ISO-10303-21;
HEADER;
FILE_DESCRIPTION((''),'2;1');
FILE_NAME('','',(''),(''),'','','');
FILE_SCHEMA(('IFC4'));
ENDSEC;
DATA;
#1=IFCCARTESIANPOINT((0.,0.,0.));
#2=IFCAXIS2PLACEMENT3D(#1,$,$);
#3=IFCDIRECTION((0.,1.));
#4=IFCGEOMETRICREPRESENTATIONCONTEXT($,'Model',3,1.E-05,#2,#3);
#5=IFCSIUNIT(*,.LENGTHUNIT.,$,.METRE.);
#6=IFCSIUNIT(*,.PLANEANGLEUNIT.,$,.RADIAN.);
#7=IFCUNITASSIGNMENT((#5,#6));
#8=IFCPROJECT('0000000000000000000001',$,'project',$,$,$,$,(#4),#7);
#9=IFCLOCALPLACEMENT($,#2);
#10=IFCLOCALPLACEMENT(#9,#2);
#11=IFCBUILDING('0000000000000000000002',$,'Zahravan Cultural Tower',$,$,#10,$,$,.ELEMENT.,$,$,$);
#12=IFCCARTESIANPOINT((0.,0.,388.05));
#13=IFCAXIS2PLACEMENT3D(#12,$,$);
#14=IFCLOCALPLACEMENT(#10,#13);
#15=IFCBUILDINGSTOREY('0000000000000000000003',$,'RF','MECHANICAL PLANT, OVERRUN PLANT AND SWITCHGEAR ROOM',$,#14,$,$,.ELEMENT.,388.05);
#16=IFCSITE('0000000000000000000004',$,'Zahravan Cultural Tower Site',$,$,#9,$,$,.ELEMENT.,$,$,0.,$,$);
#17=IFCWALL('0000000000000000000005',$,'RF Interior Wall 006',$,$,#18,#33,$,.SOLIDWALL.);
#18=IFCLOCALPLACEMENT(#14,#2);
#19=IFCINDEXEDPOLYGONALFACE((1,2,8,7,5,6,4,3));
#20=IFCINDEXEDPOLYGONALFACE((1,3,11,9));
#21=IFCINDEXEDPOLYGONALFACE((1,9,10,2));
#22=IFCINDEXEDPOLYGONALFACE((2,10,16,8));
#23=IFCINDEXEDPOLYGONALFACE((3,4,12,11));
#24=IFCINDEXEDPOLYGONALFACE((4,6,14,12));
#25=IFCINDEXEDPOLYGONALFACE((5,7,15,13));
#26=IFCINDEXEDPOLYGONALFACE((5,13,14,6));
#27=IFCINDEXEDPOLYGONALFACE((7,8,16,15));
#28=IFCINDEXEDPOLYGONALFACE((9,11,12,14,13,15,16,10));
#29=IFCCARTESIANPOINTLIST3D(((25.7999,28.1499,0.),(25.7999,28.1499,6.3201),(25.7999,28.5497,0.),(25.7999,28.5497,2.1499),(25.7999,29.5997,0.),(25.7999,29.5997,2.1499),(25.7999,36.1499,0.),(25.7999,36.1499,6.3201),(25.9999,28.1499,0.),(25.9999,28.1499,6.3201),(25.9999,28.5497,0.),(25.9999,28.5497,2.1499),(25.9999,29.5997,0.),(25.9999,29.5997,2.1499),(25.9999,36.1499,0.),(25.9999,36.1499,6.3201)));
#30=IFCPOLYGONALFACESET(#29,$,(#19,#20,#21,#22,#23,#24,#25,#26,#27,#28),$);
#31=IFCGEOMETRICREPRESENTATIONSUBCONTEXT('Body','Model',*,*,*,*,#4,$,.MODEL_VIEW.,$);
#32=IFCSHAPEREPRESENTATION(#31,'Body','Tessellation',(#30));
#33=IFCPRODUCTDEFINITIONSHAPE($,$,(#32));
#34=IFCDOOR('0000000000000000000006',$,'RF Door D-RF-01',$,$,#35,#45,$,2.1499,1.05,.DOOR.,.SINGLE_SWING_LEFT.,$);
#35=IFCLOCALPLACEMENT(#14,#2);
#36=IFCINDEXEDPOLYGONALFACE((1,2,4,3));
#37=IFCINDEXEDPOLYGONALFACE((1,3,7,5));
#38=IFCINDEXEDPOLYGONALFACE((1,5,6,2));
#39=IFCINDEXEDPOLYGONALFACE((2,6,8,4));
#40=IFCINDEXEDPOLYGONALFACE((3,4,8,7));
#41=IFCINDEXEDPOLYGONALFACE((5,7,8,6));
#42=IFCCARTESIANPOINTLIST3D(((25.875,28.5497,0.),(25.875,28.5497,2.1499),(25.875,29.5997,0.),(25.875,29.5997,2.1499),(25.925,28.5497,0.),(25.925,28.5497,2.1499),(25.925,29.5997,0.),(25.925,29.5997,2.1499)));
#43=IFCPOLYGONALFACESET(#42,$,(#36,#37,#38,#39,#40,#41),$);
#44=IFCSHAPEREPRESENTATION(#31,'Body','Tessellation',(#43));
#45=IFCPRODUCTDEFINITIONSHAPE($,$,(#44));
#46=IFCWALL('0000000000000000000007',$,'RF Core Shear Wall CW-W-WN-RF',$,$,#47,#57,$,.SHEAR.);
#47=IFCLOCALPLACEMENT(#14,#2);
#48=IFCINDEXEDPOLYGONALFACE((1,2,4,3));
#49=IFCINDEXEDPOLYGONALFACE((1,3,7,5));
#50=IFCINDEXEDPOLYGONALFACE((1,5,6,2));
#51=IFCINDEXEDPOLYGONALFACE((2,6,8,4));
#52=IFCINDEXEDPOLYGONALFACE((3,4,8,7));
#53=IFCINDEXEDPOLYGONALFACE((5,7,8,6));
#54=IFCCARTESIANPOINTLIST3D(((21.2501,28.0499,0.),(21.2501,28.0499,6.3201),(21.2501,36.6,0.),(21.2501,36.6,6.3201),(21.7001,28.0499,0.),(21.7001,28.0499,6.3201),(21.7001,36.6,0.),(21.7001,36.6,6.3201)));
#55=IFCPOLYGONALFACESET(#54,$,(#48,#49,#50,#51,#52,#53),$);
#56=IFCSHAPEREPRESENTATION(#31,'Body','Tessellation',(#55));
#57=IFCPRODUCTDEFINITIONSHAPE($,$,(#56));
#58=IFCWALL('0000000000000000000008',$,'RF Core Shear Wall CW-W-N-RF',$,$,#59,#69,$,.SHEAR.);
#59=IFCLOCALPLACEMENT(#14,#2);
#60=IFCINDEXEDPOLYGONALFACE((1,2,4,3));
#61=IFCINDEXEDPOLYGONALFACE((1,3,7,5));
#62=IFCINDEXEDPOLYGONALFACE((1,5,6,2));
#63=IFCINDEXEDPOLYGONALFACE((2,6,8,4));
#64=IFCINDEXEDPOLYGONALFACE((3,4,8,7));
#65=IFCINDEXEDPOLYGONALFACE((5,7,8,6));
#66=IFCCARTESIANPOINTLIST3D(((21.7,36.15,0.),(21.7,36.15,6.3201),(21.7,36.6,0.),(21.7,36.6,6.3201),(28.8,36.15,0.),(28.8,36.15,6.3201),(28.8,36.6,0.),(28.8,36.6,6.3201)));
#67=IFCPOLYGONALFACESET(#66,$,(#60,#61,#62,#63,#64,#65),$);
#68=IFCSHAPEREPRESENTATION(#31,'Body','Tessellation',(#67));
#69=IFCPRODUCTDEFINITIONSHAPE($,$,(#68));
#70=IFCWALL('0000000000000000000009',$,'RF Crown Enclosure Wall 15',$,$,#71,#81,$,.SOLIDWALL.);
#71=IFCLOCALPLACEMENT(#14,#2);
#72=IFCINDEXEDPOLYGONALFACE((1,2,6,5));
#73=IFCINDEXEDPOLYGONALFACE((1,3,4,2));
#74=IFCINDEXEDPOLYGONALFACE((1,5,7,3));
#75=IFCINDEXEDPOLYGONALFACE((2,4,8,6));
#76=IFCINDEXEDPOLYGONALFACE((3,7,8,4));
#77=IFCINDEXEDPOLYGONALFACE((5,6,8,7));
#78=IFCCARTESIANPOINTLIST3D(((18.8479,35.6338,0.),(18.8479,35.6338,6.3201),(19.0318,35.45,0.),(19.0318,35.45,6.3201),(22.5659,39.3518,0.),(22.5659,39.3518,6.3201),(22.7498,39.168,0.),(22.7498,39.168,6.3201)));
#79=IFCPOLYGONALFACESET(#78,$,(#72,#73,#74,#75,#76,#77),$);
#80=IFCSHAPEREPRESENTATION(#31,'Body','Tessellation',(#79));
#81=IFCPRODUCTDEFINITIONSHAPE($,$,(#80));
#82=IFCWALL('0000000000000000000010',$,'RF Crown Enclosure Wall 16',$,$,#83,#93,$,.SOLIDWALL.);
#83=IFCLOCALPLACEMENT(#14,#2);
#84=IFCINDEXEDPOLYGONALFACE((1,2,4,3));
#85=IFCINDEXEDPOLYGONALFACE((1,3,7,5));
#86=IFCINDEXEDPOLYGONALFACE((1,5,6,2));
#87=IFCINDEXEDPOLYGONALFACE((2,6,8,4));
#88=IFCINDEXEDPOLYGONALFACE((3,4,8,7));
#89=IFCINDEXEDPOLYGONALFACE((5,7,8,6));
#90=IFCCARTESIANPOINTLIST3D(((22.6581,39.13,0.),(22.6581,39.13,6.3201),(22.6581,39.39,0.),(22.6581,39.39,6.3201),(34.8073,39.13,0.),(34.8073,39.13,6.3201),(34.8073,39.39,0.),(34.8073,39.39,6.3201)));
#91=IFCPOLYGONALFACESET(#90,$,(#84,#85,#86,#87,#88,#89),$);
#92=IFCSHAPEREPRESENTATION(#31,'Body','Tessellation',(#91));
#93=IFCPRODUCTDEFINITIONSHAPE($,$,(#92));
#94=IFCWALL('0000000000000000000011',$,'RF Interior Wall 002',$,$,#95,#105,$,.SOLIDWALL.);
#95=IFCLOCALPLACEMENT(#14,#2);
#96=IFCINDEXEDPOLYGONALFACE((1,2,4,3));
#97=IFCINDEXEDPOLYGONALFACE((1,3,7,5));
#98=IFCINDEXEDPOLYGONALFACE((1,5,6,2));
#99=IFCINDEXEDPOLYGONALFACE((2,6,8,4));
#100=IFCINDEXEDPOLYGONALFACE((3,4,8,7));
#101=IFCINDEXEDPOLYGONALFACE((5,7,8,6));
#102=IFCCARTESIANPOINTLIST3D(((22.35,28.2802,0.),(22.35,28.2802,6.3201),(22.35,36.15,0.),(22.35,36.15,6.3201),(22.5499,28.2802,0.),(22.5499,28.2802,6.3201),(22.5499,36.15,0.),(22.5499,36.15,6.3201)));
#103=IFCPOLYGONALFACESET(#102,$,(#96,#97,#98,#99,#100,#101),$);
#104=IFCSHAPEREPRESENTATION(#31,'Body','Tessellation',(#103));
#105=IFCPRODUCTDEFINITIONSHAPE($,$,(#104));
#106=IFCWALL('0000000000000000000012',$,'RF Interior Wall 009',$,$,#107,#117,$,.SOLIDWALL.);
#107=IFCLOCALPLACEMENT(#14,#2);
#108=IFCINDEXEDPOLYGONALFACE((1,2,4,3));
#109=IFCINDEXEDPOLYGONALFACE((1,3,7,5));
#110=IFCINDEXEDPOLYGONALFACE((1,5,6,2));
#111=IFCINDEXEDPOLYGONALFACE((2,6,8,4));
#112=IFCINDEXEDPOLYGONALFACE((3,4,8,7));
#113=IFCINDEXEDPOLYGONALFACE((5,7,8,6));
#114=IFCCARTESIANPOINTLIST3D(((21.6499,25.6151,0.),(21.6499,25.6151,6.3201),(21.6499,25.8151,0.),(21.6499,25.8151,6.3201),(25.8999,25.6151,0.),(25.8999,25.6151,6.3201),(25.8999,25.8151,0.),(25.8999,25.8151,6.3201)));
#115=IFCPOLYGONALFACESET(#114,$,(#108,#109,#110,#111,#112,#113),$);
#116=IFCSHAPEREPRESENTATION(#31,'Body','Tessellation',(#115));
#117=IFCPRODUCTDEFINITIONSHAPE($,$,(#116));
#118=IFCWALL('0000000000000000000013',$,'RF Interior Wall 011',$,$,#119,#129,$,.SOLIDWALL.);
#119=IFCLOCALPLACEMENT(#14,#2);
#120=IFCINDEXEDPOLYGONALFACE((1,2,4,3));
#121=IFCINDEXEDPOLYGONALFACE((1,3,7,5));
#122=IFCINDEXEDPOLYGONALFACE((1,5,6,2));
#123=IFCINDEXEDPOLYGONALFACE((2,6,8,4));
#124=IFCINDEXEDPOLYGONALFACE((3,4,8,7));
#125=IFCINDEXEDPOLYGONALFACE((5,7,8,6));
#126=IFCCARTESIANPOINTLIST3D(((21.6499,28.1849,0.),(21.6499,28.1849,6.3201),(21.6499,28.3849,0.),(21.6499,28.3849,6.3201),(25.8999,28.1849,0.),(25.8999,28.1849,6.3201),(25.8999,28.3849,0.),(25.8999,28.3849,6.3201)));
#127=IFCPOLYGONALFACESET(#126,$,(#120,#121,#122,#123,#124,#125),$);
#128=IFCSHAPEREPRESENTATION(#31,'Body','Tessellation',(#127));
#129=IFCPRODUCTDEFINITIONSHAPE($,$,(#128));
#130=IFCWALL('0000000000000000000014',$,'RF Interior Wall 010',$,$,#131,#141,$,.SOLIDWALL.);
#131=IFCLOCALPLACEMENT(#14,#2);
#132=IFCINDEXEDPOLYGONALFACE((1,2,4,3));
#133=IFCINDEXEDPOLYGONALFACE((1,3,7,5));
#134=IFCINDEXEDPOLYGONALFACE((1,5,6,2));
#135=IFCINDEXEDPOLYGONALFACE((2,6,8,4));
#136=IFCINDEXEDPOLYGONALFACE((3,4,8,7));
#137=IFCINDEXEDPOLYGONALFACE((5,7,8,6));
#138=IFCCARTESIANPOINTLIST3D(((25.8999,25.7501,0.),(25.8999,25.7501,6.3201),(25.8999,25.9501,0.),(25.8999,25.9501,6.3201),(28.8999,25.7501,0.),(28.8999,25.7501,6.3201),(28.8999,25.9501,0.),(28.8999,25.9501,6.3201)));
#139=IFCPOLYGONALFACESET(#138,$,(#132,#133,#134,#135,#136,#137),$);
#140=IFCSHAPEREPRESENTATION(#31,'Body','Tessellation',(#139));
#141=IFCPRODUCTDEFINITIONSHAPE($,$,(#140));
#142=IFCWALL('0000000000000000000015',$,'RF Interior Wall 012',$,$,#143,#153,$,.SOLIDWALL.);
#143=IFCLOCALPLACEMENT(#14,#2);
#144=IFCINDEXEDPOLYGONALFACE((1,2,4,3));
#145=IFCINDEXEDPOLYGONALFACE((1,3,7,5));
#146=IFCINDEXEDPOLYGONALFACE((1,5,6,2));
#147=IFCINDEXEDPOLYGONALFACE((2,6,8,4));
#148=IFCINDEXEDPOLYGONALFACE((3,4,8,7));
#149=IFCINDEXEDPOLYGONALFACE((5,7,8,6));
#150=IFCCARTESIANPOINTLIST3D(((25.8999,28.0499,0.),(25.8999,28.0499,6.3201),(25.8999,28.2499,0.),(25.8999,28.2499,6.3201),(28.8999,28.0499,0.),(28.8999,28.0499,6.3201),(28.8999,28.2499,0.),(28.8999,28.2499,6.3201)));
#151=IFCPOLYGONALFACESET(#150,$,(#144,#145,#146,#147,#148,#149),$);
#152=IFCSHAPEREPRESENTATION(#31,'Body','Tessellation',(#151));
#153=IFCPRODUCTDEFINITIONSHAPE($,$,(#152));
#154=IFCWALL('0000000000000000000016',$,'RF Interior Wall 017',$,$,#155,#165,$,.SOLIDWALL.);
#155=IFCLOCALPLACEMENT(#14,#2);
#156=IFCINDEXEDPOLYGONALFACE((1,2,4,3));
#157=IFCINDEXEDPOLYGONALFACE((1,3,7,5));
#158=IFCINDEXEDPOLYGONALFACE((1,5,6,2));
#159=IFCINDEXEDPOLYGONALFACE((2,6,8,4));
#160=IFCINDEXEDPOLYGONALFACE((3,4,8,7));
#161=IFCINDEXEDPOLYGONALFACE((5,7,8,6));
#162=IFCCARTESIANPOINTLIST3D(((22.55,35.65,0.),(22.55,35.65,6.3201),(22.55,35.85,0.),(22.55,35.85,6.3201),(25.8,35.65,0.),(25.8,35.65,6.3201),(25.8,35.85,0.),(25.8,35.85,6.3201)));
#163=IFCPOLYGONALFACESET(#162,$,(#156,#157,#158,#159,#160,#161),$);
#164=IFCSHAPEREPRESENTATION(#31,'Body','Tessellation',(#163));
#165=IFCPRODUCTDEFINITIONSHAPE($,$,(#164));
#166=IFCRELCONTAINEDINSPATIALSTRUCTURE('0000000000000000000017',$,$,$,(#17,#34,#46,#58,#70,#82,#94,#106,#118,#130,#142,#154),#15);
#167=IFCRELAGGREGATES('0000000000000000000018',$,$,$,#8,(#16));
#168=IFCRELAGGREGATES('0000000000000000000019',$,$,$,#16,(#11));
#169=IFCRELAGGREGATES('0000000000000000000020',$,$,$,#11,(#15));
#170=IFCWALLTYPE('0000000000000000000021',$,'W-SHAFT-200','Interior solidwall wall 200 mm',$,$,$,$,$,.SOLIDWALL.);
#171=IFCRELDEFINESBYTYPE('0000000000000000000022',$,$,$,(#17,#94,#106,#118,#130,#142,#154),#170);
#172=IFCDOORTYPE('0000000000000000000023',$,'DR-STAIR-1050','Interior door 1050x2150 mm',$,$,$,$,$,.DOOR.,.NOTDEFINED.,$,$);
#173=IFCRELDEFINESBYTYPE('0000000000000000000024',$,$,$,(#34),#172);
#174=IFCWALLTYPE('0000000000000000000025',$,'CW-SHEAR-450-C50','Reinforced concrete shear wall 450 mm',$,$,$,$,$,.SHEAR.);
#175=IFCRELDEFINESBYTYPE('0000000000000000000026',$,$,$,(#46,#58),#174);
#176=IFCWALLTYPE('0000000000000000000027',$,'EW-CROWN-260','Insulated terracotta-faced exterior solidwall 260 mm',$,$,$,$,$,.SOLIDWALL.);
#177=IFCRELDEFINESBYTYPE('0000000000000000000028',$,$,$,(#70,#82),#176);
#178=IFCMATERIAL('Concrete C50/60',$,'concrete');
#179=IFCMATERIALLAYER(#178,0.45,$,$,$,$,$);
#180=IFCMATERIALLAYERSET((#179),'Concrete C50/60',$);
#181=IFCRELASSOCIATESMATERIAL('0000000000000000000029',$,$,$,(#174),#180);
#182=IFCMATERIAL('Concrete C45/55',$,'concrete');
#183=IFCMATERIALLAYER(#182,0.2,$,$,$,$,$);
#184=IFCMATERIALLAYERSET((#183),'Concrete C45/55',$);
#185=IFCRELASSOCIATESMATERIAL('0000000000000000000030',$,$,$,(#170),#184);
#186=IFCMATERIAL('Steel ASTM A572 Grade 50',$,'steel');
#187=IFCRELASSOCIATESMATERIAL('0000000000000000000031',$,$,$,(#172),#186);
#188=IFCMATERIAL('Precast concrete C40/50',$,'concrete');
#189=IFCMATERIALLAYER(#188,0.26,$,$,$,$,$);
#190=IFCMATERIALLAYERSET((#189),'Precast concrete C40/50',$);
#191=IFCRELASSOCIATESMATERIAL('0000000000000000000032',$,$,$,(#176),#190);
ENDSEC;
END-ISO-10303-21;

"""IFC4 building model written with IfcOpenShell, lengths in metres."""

from ifc_helpers import new_model, si_unit, direction, frame, frame_2d, origin, place, context, subcontext, project, spatial, rectangle, extrude, source, transform, mapped, material, layer, layer_set, type_object, element, fill, save


model = new_model("IFC4")

# Units and contexts
model_context = context("Model", 3, precision=1e-05, world=origin(), true_north=direction((0.0, 1.0)))
body_context = subcontext(model_context, "Body", "Model", "MODEL_VIEW")
ifc_project = project(units=[si_unit("LENGTHUNIT", "METRE"), si_unit("PLANEANGLEUNIT", "RADIAN")], contexts=[model_context])

# Site, building, storey
site_placement = place(None, origin())
site = spatial("IfcSite", under=ifc_project, at=site_placement, Name="Zahravan Cultural Tower Site", CompositionType="ELEMENT", RefElevation=0.0)
building_placement = place(site_placement, origin())
building = spatial("IfcBuilding", under=site, at=building_placement, Name="Zahravan Cultural Tower", CompositionType="ELEMENT")
storey_placement = place(building_placement, frame((0.0, 0.0, 388.05)))
storey = spatial("IfcBuildingStorey", under=building, at=storey_placement, Name="RF", Description="MECHANICAL PLANT, OVERRUN PLANT AND SWITCHGEAR ROOM", CompositionType="ELEMENT", Elevation=388.05)

# Shared definitions
ifc_material_1 = material(Name="Steel ASTM A572 Grade 50", Category="steel")

# Shared definitions
ifc_material_2 = material(Name="Concrete C50/60", Category="concrete")

# Wall, opening, door
ifc_layer_1 = layer(ifc_material_2, 0.45)
ifc_layer_set_1 = layer_set([ifc_layer_1], Name="Concrete C50/60")
wall_type_1 = type_object("IfcWallType", Name="CW-SHEAR-450-C50", Description="Reinforced concrete shear wall 450 mm", PredefinedType="SHEAR", material=ifc_layer_set_1)
ifc_material_3 = material(Name="Concrete C45/55", Category="concrete")
ifc_layer_2 = layer(ifc_material_3, 0.2)
ifc_layer_set_2 = layer_set([ifc_layer_2], Name="Concrete C45/55")
wall_type_2 = type_object("IfcWallType", Name="W-SHAFT-200", Description="Interior solidwall wall 200 mm", PredefinedType="SOLIDWALL", material=ifc_layer_set_2)
wall_1_placement = place(storey_placement, frame((25.8999, 28.1499, 0.0), z_axis=(0.0, 0.0, 1.0), x_axis=(0.0, 1.0, 0.0)))
wall_1 = element("IfcWall", 1, at=wall_1_placement, inside=storey, type_object=wall_type_2, Name="RF Interior Wall 006", PredefinedType="SOLIDWALL", context=body_context, shape_type="SweptSolid", body=[
    extrude(rectangle(XDim=8.0, YDim=0.2, at=frame_2d((4.0, 0.0))), origin(), (0.0, 0.0, 1.0), 6.3201),
])
opening_1_placement = place(wall_1_placement, frame((0.3999, 0.0, 0.0)))
opening_1 = element("IfcOpeningElement", 2, at=opening_1_placement, cuts=wall_1, PredefinedType="OPENING", context=body_context, shape_type="SweptSolid", body=[
    extrude(rectangle(XDim=1.05, YDim=2.1499, at=frame_2d((0.5249, 1.075))), frame((0.0, 0.1099, 0.0), z_axis=(0.0, -1.0, 0.0), x_axis=(1.0, 0.0, 0.0)), (0.0, 0.0, 1.0), 0.22),
])
door_type_1 = type_object("IfcDoorType", Name="DR-STAIR-1050", Description="Interior door 1050x2150 mm", OperationType="NOTDEFINED", PredefinedType="DOOR", material=ifc_material_1)
shared_shape_1 = source(origin(), body_context, "Body", "SweptSolid", [
    extrude(rectangle(XDim=1.05, YDim=2.1499, at=frame_2d((0.5249, 1.075))), frame((0.0, 0.0249, 0.0), z_axis=(0.0, -1.0, 0.0), x_axis=(1.0, 0.0, 0.0)), (0.0, 0.0, 1.0), 0.05),
])
door_1_placement = place(opening_1_placement, origin())
door_1 = element("IfcDoor", 3, at=door_1_placement, inside=storey, type_object=door_type_1, Name="RF Door D-RF-01", OperationType="SINGLE_SWING_LEFT", OverallHeight=2.1499, OverallWidth=1.05, PredefinedType="DOOR", context=body_context, shape_type="MappedRepresentation", body=[
    mapped(shared_shape_1, transform((0.0, 0.0, 0.0), x_axis=(1.0, 0.0, 0.0), y_axis=(0.0, 1.0, 0.0), z_axis=(0.0, 0.0, 1.0), scale=1.0)),
])
fill(opening_1, door_1)

# Walls
shared_shape_2 = source(origin(), body_context, "Body", "SweptSolid", [
    extrude(rectangle(XDim=8.55, YDim=0.45, at=frame_2d((4.2749, 0.0))), origin(), (0.0, 0.0, 1.0), 6.3201),
])
wall_2_placement = place(storey_placement, frame((21.4751, 28.05, 0.0), z_axis=(0.0, 0.0, 1.0), x_axis=(0.0, 1.0, 0.0)))
element("IfcWall", 4, at=wall_2_placement, inside=storey, type_object=wall_type_1, Name="RF Core Shear Wall CW-W-WN-RF", PredefinedType="SHEAR", context=body_context, shape_type="MappedRepresentation", body=[
    mapped(shared_shape_2, transform((0.0, 0.0, 0.0), x_axis=(1.0, 0.0, 0.0), y_axis=(0.0, 1.0, 0.0), z_axis=(0.0, 0.0, 1.0), scale=1.0)),
])
shared_shape_3 = source(origin(), body_context, "Body", "SweptSolid", [
    extrude(rectangle(XDim=7.1001, YDim=0.45, at=frame_2d((3.55, 0.0))), origin(), (0.0, 0.0, 1.0), 6.3201),
])
wall_3_placement = place(storey_placement, frame((21.7, 36.375, 0.0), z_axis=(0.0, 0.0, 1.0), x_axis=(1.0, 0.0, 0.0)))
element("IfcWall", 5, at=wall_3_placement, inside=storey, type_object=wall_type_1, Name="RF Core Shear Wall CW-W-N-RF", PredefinedType="SHEAR", context=body_context, shape_type="MappedRepresentation", body=[
    mapped(shared_shape_3, transform((0.0, 0.0, 0.0), x_axis=(1.0, 0.0, 0.0), y_axis=(0.0, 1.0, 0.0), z_axis=(0.0, 0.0, 1.0), scale=1.0)),
])
ifc_material_4 = material(Name="Precast concrete C40/50", Category="concrete")
ifc_layer_3 = layer(ifc_material_4, 0.26)
ifc_layer_set_3 = layer_set([ifc_layer_3], Name="Precast concrete C40/50")
wall_type_3 = type_object("IfcWallType", Name="EW-CROWN-260", Description="Insulated terracotta-faced exterior solidwall 260 mm", PredefinedType="SOLIDWALL", material=ifc_layer_set_3)
shared_shape_4 = source(origin(), body_context, "Body", "SweptSolid", [
    extrude(rectangle(XDim=5.2581, YDim=0.26, at=frame_2d((2.6289, 0.0))), origin(), (0.0, 0.0, 1.0), 6.3201),
])
wall_4_placement = place(storey_placement, frame((18.9399, 35.542, 0.0), z_axis=(0.0, 0.0, 1.0), x_axis=(0.707107, 0.707107, 0.0)))
element("IfcWall", 6, at=wall_4_placement, inside=storey, type_object=wall_type_3, Name="RF Crown Enclosure Wall 15", PredefinedType="SOLIDWALL", context=body_context, shape_type="MappedRepresentation", body=[
    mapped(shared_shape_4, transform((0.0, 0.0, 0.0), x_axis=(1.0, 0.0, 0.0), y_axis=(0.0, 1.0, 0.0), z_axis=(0.0, 0.0, 1.0), scale=1.0)),
])
shared_shape_5 = source(origin(), body_context, "Body", "SweptSolid", [
    extrude(rectangle(XDim=12.1492, YDim=0.26, at=frame_2d((6.0747, 0.0))), origin(), (0.0, 0.0, 1.0), 6.3201),
])
wall_5_placement = place(storey_placement, frame((22.658, 39.26, 0.0), z_axis=(0.0, 0.0, 1.0), x_axis=(1.0, 0.0, 0.0)))
element("IfcWall", 7, at=wall_5_placement, inside=storey, type_object=wall_type_3, Name="RF Crown Enclosure Wall 16", PredefinedType="SOLIDWALL", context=body_context, shape_type="MappedRepresentation", body=[
    mapped(shared_shape_5, transform((0.0, 0.0, 0.0), x_axis=(1.0, 0.0, 0.0), y_axis=(0.0, 1.0, 0.0), z_axis=(0.0, 0.0, 1.0), scale=1.0)),
])
shared_shape_6 = source(origin(), body_context, "Body", "SweptSolid", [
    extrude(rectangle(XDim=7.8699, YDim=0.2, at=frame_2d((3.9351, 0.0))), origin(), (0.0, 0.0, 1.0), 6.3201),
])
wall_6_placement = place(storey_placement, frame((22.45, 28.28, 0.0), z_axis=(0.0, 0.0, 1.0), x_axis=(0.0, 1.0, 0.0)))
element("IfcWall", 8, at=wall_6_placement, inside=storey, type_object=wall_type_2, Name="RF Interior Wall 002", PredefinedType="SOLIDWALL", context=body_context, shape_type="MappedRepresentation", body=[
    mapped(shared_shape_6, transform((0.0, 0.0, 0.0), x_axis=(1.0, 0.0, 0.0), y_axis=(0.0, 1.0, 0.0), z_axis=(0.0, 0.0, 1.0), scale=1.0)),
])
shared_shape_7 = source(origin(), body_context, "Body", "SweptSolid", [
    extrude(rectangle(XDim=4.25, YDim=0.2, at=frame_2d((2.125, 0.0))), origin(), (0.0, 0.0, 1.0), 6.3201),
])
for number, where, z_axis, x_axis, name in (
    (9, (21.6499, 25.7151, 0.0), (0.0, 0.0, 1.0), (1.0, 0.0, 0.0), "RF Interior Wall 009"),
    (10, (21.6499, 28.2849, 0.0), (0.0, 0.0, 1.0), (1.0, 0.0, 0.0), "RF Interior Wall 011"),
):
    element("IfcWall", number, at=place(storey_placement, frame(where, z_axis=z_axis, x_axis=x_axis)), inside=storey, type_object=wall_type_2, Name=name, PredefinedType="SOLIDWALL", context=body_context, shape_type="MappedRepresentation", body=[
        mapped(shared_shape_7, transform((0.0, 0.0, 0.0), x_axis=(1.0, 0.0, 0.0), y_axis=(0.0, 1.0, 0.0), z_axis=(0.0, 0.0, 1.0), scale=1.0)),
    ])
shared_shape_8 = source(origin(), body_context, "Body", "SweptSolid", [
    extrude(rectangle(XDim=3.0, YDim=0.2, at=frame_2d((1.5, 0.0))), origin(), (0.0, 0.0, 1.0), 6.3201),
])
for number, where, z_axis, x_axis, name in (
    (11, (25.8999, 25.8501, 0.0), (0.0, 0.0, 1.0), (1.0, 0.0, 0.0), "RF Interior Wall 010"),
    (12, (25.8999, 28.1499, 0.0), (0.0, 0.0, 1.0), (1.0, 0.0, 0.0), "RF Interior Wall 012"),
):
    element("IfcWall", number, at=place(storey_placement, frame(where, z_axis=z_axis, x_axis=x_axis)), inside=storey, type_object=wall_type_2, Name=name, PredefinedType="SOLIDWALL", context=body_context, shape_type="MappedRepresentation", body=[
        mapped(shared_shape_8, transform((0.0, 0.0, 0.0), x_axis=(1.0, 0.0, 0.0), y_axis=(0.0, 1.0, 0.0), z_axis=(0.0, 0.0, 1.0), scale=1.0)),
    ])
shared_shape_9 = source(origin(), body_context, "Body", "SweptSolid", [
    extrude(rectangle(XDim=3.25, YDim=0.2, at=frame_2d((1.625, 0.0))), origin(), (0.0, 0.0, 1.0), 6.3201),
])
wall_7_placement = place(storey_placement, frame((22.55, 35.75, 0.0), z_axis=(0.0, 0.0, 1.0), x_axis=(1.0, 0.0, 0.0)))
element("IfcWall", 13, at=wall_7_placement, inside=storey, type_object=wall_type_2, Name="RF Interior Wall 017", PredefinedType="SOLIDWALL", context=body_context, shape_type="MappedRepresentation", body=[
    mapped(shared_shape_9, transform((0.0, 0.0, 0.0), x_axis=(1.0, 0.0, 0.0), y_axis=(0.0, 1.0, 0.0), z_axis=(0.0, 0.0, 1.0), scale=1.0)),
])

save(model, "model.ifc")
